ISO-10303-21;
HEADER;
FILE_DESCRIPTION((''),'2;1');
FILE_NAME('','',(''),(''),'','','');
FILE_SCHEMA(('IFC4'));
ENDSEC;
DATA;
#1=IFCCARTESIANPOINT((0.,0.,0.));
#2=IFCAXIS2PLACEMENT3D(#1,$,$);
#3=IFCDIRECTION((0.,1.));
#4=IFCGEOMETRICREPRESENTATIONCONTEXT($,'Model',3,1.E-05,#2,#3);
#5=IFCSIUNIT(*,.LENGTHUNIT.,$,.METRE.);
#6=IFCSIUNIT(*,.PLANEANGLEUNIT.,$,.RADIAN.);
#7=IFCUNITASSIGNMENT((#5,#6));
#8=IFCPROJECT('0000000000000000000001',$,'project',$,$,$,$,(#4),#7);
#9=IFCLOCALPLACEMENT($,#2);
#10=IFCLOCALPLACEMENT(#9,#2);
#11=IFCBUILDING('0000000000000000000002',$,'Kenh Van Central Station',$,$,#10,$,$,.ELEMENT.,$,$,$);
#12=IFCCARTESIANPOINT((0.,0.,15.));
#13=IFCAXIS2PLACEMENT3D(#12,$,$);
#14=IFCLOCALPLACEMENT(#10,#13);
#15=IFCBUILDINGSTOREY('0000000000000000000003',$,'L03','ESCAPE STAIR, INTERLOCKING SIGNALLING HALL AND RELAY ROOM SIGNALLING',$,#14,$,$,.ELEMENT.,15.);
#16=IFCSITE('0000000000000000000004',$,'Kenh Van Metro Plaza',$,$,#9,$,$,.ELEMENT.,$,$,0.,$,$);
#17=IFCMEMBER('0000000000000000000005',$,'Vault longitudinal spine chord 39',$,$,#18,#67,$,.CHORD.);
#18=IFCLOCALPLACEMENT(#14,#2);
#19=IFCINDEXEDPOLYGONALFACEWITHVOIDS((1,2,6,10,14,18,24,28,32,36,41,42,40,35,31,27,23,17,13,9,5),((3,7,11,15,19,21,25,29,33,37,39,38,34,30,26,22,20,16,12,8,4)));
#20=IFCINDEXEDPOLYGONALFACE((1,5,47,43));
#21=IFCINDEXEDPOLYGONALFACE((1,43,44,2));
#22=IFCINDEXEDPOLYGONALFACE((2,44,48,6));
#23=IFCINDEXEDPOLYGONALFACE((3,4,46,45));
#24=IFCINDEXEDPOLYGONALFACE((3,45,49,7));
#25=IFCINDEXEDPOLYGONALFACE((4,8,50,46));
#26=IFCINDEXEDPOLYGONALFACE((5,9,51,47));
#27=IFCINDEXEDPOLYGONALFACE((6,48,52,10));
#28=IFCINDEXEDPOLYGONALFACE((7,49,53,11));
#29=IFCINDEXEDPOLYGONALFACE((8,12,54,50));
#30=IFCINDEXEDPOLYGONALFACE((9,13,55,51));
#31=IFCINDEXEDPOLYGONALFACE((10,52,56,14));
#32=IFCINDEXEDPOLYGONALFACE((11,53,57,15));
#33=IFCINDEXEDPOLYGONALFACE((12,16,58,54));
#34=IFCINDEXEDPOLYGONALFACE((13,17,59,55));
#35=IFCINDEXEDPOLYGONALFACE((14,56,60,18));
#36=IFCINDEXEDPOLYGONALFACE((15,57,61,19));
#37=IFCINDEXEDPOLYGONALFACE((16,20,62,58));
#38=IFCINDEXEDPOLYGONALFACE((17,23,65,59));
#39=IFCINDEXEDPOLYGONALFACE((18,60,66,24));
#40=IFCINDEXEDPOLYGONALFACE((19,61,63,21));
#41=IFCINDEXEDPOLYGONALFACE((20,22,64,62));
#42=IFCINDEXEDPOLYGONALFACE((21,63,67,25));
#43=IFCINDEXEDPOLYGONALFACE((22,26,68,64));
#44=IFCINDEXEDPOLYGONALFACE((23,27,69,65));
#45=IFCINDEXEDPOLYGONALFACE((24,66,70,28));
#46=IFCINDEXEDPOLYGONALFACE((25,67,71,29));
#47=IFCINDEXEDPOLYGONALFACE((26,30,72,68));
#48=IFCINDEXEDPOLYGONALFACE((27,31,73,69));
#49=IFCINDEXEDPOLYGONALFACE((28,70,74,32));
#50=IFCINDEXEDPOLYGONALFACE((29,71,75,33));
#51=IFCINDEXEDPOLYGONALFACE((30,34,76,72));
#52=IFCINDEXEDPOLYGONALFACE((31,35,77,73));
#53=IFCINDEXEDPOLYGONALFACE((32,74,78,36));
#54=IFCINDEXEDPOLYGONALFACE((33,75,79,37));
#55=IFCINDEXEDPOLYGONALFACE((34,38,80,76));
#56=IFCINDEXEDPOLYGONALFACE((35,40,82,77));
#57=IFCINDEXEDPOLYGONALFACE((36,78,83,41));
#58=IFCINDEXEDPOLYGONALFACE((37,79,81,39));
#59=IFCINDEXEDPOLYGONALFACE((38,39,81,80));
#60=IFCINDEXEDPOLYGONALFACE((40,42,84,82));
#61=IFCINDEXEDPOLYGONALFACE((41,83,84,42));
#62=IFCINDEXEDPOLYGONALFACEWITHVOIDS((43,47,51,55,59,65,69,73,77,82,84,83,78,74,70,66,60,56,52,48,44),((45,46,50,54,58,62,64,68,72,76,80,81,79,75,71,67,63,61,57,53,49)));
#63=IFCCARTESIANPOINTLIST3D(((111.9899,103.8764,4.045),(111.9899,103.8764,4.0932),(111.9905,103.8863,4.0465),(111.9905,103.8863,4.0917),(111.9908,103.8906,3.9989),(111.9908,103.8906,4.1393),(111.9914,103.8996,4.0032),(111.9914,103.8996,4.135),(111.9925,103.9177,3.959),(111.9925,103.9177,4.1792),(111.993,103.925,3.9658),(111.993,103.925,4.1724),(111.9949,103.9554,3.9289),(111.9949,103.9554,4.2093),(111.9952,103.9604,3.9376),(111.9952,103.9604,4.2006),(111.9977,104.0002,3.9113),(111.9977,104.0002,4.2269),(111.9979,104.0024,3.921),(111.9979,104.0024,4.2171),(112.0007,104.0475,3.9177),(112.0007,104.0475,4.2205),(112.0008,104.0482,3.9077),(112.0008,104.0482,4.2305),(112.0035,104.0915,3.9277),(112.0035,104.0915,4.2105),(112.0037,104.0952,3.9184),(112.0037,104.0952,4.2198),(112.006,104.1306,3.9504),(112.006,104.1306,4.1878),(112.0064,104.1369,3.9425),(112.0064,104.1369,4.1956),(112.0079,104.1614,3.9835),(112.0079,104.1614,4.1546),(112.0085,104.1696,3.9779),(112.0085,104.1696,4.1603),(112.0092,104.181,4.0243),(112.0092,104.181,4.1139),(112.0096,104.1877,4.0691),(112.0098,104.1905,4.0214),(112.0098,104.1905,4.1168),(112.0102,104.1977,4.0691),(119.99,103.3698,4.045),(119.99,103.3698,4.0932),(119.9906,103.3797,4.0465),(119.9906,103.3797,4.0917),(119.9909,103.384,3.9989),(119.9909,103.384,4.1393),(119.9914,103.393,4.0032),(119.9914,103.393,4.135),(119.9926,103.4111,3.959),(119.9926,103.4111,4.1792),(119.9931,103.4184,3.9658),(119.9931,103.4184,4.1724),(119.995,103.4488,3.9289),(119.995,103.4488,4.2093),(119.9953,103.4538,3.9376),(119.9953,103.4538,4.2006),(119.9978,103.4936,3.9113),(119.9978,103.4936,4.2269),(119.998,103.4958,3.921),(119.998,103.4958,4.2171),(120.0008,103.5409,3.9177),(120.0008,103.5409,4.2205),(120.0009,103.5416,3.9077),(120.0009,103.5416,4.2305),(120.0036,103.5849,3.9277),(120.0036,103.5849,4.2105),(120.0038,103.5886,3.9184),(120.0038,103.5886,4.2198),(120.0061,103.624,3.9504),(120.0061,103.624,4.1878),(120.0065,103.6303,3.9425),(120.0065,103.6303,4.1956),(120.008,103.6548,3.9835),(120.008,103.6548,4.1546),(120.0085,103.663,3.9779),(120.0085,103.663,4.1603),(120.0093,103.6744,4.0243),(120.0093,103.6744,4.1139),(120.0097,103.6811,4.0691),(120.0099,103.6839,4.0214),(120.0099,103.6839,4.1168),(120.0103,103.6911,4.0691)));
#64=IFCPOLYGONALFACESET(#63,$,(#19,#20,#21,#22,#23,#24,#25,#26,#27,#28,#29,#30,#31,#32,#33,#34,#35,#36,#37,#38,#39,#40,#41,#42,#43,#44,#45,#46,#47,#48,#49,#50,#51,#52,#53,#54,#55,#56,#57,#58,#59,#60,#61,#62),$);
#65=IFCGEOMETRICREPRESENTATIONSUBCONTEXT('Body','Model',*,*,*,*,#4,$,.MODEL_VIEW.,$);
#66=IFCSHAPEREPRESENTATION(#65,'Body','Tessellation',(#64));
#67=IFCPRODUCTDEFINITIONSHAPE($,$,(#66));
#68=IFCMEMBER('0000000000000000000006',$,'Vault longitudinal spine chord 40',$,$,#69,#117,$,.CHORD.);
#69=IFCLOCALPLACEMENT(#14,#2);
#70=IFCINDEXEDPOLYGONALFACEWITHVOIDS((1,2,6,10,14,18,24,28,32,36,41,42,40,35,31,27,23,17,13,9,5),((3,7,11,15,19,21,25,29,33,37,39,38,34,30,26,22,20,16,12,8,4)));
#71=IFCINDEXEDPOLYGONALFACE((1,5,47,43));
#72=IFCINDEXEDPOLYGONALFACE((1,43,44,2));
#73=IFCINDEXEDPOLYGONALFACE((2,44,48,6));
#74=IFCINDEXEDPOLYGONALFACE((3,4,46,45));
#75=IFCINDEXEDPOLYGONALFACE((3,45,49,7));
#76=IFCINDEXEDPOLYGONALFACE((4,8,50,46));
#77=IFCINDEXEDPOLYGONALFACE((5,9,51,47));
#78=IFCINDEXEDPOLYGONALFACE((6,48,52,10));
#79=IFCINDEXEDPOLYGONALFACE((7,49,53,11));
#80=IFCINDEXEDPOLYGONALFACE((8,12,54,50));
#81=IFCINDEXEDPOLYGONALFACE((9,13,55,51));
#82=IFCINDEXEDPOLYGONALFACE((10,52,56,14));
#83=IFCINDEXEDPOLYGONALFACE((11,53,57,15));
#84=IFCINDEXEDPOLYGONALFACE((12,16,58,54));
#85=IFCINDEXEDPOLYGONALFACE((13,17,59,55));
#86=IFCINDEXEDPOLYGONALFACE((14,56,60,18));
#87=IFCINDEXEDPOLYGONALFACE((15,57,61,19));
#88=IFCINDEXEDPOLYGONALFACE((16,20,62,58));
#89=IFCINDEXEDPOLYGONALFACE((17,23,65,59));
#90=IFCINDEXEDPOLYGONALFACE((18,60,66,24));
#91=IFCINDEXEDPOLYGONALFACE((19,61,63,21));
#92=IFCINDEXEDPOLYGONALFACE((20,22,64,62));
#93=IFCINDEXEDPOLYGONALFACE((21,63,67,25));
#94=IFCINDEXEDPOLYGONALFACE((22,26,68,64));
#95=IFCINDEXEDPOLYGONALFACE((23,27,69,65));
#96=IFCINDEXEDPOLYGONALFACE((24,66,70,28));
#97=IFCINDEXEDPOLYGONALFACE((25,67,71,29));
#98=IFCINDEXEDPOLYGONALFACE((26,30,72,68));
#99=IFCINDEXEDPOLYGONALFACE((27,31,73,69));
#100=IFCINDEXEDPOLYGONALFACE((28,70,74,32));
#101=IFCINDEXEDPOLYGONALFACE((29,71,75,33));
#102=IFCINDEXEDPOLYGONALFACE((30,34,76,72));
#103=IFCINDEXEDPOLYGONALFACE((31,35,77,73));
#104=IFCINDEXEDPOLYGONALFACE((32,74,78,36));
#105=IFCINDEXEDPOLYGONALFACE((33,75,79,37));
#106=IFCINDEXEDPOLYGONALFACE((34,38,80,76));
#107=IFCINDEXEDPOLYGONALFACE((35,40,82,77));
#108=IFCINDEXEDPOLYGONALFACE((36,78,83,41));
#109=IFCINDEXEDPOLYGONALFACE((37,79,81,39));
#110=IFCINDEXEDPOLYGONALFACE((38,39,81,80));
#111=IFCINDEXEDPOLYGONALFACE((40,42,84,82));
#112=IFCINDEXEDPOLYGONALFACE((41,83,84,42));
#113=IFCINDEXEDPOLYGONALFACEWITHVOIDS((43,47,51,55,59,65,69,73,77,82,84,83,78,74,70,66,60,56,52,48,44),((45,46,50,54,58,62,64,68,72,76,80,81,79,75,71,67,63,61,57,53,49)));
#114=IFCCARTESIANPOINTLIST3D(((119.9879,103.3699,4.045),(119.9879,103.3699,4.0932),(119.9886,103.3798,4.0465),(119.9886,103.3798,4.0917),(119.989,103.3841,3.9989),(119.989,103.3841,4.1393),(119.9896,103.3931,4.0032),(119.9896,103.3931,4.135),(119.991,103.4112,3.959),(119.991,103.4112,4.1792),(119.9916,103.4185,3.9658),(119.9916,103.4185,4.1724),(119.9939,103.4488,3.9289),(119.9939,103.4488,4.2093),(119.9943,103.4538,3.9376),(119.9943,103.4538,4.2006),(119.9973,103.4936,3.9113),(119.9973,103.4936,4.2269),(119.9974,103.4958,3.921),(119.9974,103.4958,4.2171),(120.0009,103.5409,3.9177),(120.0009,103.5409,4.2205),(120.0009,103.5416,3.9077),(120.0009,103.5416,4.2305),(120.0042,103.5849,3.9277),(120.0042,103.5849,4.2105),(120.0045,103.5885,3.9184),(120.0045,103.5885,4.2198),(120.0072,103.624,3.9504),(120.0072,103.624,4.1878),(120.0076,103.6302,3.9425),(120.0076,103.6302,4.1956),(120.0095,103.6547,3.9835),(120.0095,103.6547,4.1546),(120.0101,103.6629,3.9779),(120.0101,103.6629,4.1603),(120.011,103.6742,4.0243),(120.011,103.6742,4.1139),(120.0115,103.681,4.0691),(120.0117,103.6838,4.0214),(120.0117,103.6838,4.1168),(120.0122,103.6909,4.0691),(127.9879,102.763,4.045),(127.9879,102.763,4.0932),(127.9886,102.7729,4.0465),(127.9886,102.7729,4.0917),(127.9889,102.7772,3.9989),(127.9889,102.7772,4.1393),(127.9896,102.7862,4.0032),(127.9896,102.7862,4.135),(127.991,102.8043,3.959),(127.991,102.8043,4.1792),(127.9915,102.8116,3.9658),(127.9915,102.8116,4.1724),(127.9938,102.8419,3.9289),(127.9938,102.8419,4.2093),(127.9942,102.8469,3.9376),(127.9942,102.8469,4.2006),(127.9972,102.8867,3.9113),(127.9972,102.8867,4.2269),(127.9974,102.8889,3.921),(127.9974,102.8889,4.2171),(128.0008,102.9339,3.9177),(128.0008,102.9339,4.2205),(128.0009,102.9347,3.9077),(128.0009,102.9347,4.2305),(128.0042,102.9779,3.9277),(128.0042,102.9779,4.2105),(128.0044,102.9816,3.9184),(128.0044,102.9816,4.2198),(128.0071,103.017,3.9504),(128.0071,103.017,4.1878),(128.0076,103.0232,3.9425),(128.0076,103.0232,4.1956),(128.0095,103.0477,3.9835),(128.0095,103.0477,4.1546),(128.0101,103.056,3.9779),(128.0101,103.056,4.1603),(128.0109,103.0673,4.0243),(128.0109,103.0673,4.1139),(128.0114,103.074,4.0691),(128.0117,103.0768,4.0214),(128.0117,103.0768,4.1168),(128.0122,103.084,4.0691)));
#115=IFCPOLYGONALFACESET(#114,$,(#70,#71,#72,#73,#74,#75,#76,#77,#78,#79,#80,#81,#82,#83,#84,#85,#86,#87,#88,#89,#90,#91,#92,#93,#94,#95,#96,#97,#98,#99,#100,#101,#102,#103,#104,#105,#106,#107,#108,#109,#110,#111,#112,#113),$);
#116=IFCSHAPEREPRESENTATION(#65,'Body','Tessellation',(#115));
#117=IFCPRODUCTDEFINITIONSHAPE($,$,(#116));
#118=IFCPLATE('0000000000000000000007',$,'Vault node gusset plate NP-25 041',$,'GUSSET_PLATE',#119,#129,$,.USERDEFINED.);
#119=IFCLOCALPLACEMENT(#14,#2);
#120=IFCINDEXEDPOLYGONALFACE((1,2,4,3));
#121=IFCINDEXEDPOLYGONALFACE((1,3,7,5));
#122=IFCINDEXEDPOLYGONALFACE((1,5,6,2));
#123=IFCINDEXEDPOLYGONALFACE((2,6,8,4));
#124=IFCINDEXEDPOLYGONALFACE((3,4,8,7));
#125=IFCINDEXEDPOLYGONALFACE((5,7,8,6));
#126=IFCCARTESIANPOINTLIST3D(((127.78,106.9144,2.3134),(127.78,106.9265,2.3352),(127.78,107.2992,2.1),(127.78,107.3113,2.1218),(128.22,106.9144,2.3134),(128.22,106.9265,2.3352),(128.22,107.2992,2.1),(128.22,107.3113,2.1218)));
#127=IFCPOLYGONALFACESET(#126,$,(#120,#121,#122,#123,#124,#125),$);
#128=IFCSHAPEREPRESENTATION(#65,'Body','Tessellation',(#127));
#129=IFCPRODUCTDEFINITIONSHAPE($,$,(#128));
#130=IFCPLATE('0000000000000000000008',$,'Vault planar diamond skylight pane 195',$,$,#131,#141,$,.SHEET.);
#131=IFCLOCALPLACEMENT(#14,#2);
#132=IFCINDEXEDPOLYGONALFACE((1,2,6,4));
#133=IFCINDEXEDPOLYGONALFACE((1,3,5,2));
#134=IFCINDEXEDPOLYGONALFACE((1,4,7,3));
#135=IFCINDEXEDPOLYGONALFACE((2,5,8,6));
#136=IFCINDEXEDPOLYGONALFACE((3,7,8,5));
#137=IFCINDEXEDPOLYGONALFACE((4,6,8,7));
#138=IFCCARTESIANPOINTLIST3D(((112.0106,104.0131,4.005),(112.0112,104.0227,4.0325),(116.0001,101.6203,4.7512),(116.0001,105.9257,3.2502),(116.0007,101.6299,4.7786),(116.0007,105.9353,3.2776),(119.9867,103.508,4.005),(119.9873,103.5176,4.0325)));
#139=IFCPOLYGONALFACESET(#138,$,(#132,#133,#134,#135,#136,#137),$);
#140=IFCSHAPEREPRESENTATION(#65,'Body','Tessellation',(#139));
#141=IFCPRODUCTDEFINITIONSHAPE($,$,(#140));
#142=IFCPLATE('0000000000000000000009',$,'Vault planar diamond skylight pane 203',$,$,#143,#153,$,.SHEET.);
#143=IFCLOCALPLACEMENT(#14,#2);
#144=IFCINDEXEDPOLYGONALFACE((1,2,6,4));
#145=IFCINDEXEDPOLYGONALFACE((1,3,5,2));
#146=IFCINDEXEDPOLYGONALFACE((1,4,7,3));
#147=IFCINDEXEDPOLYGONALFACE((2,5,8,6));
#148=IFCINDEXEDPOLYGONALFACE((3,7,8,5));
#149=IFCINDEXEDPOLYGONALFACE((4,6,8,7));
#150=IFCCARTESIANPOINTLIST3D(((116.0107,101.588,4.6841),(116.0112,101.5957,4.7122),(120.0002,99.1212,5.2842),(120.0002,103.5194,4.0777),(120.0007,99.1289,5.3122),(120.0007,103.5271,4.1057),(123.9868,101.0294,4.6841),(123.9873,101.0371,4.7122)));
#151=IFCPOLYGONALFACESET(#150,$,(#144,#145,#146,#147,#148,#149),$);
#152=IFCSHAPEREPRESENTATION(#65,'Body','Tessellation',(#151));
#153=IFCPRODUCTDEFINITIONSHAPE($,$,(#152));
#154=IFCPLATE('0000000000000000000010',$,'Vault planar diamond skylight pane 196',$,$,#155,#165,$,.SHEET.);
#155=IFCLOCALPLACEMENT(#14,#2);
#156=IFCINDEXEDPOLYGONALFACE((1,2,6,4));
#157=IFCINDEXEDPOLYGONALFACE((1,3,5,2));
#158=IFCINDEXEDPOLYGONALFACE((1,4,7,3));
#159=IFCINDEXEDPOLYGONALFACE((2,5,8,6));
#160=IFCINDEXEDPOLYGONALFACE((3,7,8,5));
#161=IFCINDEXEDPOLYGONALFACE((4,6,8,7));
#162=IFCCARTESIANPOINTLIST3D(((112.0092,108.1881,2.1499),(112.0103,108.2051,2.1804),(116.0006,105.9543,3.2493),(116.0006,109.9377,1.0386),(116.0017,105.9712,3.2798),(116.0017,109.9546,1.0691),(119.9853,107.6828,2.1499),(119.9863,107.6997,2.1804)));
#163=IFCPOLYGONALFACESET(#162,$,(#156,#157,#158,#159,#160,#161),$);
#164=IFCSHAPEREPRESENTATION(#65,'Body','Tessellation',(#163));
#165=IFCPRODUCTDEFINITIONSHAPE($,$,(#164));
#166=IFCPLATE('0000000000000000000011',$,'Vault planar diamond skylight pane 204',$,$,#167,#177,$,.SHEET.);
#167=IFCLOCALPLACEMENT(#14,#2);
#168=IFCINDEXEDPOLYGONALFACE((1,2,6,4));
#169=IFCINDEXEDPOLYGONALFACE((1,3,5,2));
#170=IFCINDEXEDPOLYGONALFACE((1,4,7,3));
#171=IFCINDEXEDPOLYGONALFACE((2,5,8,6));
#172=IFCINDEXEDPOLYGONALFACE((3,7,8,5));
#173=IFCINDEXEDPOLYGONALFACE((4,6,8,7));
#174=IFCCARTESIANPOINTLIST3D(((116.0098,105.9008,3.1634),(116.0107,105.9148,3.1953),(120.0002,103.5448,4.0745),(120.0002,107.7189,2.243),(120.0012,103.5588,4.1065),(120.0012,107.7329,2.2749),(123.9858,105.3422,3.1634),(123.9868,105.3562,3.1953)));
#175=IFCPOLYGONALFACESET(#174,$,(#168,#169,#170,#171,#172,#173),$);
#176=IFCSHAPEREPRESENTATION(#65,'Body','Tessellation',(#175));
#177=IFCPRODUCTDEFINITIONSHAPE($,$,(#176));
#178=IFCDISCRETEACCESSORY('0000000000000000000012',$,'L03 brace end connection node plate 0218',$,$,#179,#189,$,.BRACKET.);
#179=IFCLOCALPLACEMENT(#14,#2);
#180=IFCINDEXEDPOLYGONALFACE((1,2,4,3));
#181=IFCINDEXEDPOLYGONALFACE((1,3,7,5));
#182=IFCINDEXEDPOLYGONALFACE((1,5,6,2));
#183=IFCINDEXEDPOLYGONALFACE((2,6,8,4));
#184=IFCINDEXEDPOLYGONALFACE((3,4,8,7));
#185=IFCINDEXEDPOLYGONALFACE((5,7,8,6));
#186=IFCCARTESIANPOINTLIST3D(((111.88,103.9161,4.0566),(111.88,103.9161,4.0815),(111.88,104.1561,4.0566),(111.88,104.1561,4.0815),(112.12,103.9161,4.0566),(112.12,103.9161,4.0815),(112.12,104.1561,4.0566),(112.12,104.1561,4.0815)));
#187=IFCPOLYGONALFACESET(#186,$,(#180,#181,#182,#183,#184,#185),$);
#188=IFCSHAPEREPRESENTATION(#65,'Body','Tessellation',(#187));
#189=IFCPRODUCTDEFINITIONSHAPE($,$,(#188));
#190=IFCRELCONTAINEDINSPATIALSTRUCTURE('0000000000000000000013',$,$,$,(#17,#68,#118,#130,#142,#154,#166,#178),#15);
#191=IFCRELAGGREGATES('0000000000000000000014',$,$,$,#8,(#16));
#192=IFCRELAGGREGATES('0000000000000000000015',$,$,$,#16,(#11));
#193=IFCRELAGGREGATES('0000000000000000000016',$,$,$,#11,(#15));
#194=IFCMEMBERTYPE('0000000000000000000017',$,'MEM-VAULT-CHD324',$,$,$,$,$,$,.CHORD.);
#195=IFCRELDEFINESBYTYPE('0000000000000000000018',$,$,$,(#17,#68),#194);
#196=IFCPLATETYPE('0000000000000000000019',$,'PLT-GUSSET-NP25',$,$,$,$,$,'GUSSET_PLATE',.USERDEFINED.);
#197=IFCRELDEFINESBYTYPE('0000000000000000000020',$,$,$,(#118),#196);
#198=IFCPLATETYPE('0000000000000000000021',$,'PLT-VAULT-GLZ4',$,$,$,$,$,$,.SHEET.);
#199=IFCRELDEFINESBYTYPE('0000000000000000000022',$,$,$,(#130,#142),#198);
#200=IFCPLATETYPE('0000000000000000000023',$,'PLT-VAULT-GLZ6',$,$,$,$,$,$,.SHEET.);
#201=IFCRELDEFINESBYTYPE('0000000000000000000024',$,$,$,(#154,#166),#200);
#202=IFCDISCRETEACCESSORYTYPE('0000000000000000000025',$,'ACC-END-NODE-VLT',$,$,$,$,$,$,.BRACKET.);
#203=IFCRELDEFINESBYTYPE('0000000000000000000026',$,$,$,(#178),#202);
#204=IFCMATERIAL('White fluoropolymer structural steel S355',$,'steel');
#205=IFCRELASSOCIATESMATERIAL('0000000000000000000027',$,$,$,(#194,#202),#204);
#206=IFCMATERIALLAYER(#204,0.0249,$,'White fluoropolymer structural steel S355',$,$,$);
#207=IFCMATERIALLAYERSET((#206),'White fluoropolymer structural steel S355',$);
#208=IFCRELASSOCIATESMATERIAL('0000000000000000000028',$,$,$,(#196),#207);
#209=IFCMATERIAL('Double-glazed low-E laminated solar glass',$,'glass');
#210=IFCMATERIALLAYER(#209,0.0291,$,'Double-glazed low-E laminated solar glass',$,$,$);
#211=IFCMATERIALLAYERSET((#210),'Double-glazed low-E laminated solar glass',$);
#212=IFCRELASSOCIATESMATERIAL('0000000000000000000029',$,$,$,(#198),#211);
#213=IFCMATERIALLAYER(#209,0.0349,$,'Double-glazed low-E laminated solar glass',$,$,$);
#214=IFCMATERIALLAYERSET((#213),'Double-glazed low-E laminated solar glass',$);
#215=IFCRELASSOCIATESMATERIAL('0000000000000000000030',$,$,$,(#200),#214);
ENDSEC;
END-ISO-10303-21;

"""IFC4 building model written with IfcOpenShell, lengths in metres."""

from ifc_helpers import new_model, si_unit, direction, frame, origin, origin_2d, place, context, subcontext, project, spatial, polyline, rectangle, hollow_circle, outline, extrude, material, layer, layer_set, material_profile, profile_set, type_object, element, save


model = new_model("IFC4")

# Units and contexts
model_context = context("Model", 3, precision=1e-05, world=origin(), true_north=direction((0.0, 1.0)))
body_context = subcontext(model_context, "Body", "Model", "MODEL_VIEW")
ifc_project = project(units=[si_unit("LENGTHUNIT", "METRE"), si_unit("PLANEANGLEUNIT", "RADIAN")], contexts=[model_context])

# Site, building, storey
site_placement = place(None, origin())
site = spatial("IfcSite", under=ifc_project, at=site_placement, Name="Kenh Van Metro Plaza", CompositionType="ELEMENT", RefElevation=0.0)
building_placement = place(site_placement, origin())
building = spatial("IfcBuilding", under=site, at=building_placement, Name="Kenh Van Central Station", CompositionType="ELEMENT")
storey_placement = place(building_placement, frame((0.0, 0.0, 15.0)))
storey = spatial("IfcBuildingStorey", under=building, at=storey_placement, Name="L03", Description="ESCAPE STAIR, INTERLOCKING SIGNALLING HALL AND RELAY ROOM SIGNALLING", CompositionType="ELEMENT", Elevation=15.0)

# Shared definitions
ifc_material_1 = material(Name="White fluoropolymer structural steel S355", Category="steel")

# Members
ifc_material_profile_1 = material_profile(ifc_material_1, hollow_circle(Radius=0.1619, WallThickness=0.01, at=origin_2d()), Name="CHS 323.9x10")
ifc_profile_set_1 = profile_set([ifc_material_profile_1], Name="White fluoropolymer structural steel S355")
member_type_1 = type_object("IfcMemberType", Name="MEM-VAULT-CHD324", PredefinedType="CHORD", material=ifc_profile_set_1)
member_1_placement = place(storey_placement, frame((112.0, 104.0361, 4.0691), z_axis=(0.998001, -0.063197, 0.0), x_axis=(0.063197, 0.998001, 0.0)))
element("IfcMember", 1, at=member_1_placement, inside=storey, type_object=member_type_1, Name="Vault longitudinal spine chord 39", PredefinedType="CHORD", context=body_context, shape_type="SweptSolid", body=[
    extrude(hollow_circle(Radius=0.1619, WallThickness=0.01, at=origin_2d()), origin(), (0.0, 0.0, 1.0), 8.0161),
])
member_2_placement = place(storey_placement, frame((120.0, 103.5295, 4.0691), z_axis=(0.997134, -0.075649, 0.0), x_axis=(0.075649, 0.997134, 0.0)))
element("IfcMember", 2, at=member_2_placement, inside=storey, type_object=member_type_1, Name="Vault longitudinal spine chord 40", PredefinedType="CHORD", context=body_context, shape_type="SweptSolid", body=[
    extrude(hollow_circle(Radius=0.1619, WallThickness=0.01, at=origin_2d()), origin(), (0.0, 0.0, 1.0), 8.0229),
])

# Plates
ifc_layer_1 = layer(ifc_material_1, 0.0249, Name="White fluoropolymer structural steel S355")
ifc_layer_set_1 = layer_set([ifc_layer_1], Name="White fluoropolymer structural steel S355")
plate_type_1 = type_object("IfcPlateType", Name="PLT-GUSSET-NP25", ElementType="GUSSET_PLATE", PredefinedType="USERDEFINED", material=ifc_layer_set_1)
plate_1_placement = place(storey_placement, frame((127.78, 106.9265, 2.3352), z_axis=(0.0, 0.484983, 0.874523), x_axis=(1.0, 0.0, 0.0)))
element("IfcPlate", 3, at=plate_1_placement, inside=storey, type_object=plate_type_1, Name="Vault node gusset plate NP-25 041", ObjectType="GUSSET_PLATE", PredefinedType="USERDEFINED", context=body_context, shape_type="SweptSolid", body=[
    extrude(outline(polyline([(0.0, 0.0), (0.4399, 0.0), (0.4399, 0.44), (0.0, 0.44), (0.0, 0.0)])), origin(), (0.0, 0.0, -1.0), 0.0249),
])
ifc_material_2 = material(Name="Double-glazed low-E laminated solar glass", Category="glass")
ifc_layer_2 = layer(ifc_material_2, 0.0291, Name="Double-glazed low-E laminated solar glass")
ifc_layer_set_2 = layer_set([ifc_layer_2], Name="Double-glazed low-E laminated solar glass")
plate_type_2 = type_object("IfcPlateType", Name="PLT-VAULT-GLZ4", PredefinedType="SHEET", material=ifc_layer_set_2)
plate_2_placement = place(storey_placement, frame((112.0112, 104.0227, 4.0325), z_axis=(0.020843, 0.329122, 0.944057), x_axis=(0.846756, -0.507865, 0.158359)))
element("IfcPlate", 4, at=plate_2_placement, inside=storey, type_object=plate_type_2, Name="Vault planar diamond skylight pane 195", PredefinedType="SHEET", context=body_context, shape_type="SweptSolid", body=[
    extrude(outline(polyline([(0.0, 0.0), (4.7115, 0.0), (7.0103, 3.8377), (2.2872, 3.8617), (0.0, 0.0)])), origin(), (0.0, 0.0, -1.0), 0.0291),
])
plate_3_placement = place(storey_placement, frame((116.0112, 101.5957, 4.7122), z_axis=(0.018524, 0.264508, 0.964206), x_axis=(0.843665, -0.521658, 0.126896)))
element("IfcPlate", 5, at=plate_3_placement, inside=storey, type_object=plate_type_2, Name="Vault planar diamond skylight pane 203", PredefinedType="SHEET", context=body_context, shape_type="SweptSolid", body=[
    extrude(outline(polyline([(0.0, 0.0), (4.7288, 0.0), (7.0205, 3.8265), (2.2813, 3.8483), (0.0, 0.0)])), origin(), (0.0, 0.0, -1.0), 0.0291),
])
ifc_layer_3 = layer(ifc_material_2, 0.0349, Name="Double-glazed low-E laminated solar glass")
ifc_layer_set_3 = layer_set([ifc_layer_3], Name="Double-glazed low-E laminated solar glass")
plate_type_3 = type_object("IfcPlateType", Name="PLT-VAULT-GLZ6", PredefinedType="SHEET", material=ifc_layer_set_3)
plate_4_placement = place(storey_placement, frame((112.0103, 108.2051, 2.1804), z_axis=(0.030732, 0.485027, 0.873959), x_axis=(0.848467, -0.474856, 0.233699)))
element("IfcPlate", 6, at=plate_4_placement, inside=storey, type_object=plate_type_3, Name="Vault planar diamond skylight pane 196", PredefinedType="SHEET", context=body_context, shape_type="SweptSolid", body=[
    extrude(outline(polyline([(0.0, 0.0), (4.7043, 0.0), (7.0074, 3.8431), (2.2961, 3.8672), (0.0, 0.0)])), origin(), (0.0, 0.0, -1.0), 0.0349),
])
plate_5_placement = place(storey_placement, frame((116.0107, 105.9148, 3.1953), z_axis=(0.028129, 0.401651, 0.915361), x_axis=(0.844943, -0.498849, 0.192925)))
element("IfcPlate", 7, at=plate_5_placement, inside=storey, type_object=plate_type_3, Name="Vault planar diamond skylight pane 204", PredefinedType="SHEET", context=body_context, shape_type="SweptSolid", body=[
    extrude(outline(polyline([(0.0, 0.0), (4.7228, 0.0), (7.018, 3.8311), (2.2872, 3.853), (0.0, 0.0)])), origin(), (0.0, 0.0, -1.0), 0.0349),
])

# Discrete accessory
discrete_accessory_type = type_object("IfcDiscreteAccessoryType", Name="ACC-END-NODE-VLT", PredefinedType="BRACKET", material=ifc_material_1)
for number, where, z_axis, x_axis, name in (
    (8, (112.0, 104.0361, 4.0566), (0.0, 0.0, 1.0), (1.0, 0.0, 0.0), "L03 brace end connection node plate 0218"),
):
    element("IfcDiscreteAccessory", number, at=place(storey_placement, frame(where, z_axis=z_axis, x_axis=x_axis)), inside=storey, type_object=discrete_accessory_type, Name=name, PredefinedType="BRACKET", context=body_context, shape_type="SweptSolid", body=[
        extrude(rectangle(XDim=0.24, YDim=0.24, at=origin_2d()), origin(), (0.0, 0.0, 1.0), 0.0249),
    ])

save(model, "model.ifc")
